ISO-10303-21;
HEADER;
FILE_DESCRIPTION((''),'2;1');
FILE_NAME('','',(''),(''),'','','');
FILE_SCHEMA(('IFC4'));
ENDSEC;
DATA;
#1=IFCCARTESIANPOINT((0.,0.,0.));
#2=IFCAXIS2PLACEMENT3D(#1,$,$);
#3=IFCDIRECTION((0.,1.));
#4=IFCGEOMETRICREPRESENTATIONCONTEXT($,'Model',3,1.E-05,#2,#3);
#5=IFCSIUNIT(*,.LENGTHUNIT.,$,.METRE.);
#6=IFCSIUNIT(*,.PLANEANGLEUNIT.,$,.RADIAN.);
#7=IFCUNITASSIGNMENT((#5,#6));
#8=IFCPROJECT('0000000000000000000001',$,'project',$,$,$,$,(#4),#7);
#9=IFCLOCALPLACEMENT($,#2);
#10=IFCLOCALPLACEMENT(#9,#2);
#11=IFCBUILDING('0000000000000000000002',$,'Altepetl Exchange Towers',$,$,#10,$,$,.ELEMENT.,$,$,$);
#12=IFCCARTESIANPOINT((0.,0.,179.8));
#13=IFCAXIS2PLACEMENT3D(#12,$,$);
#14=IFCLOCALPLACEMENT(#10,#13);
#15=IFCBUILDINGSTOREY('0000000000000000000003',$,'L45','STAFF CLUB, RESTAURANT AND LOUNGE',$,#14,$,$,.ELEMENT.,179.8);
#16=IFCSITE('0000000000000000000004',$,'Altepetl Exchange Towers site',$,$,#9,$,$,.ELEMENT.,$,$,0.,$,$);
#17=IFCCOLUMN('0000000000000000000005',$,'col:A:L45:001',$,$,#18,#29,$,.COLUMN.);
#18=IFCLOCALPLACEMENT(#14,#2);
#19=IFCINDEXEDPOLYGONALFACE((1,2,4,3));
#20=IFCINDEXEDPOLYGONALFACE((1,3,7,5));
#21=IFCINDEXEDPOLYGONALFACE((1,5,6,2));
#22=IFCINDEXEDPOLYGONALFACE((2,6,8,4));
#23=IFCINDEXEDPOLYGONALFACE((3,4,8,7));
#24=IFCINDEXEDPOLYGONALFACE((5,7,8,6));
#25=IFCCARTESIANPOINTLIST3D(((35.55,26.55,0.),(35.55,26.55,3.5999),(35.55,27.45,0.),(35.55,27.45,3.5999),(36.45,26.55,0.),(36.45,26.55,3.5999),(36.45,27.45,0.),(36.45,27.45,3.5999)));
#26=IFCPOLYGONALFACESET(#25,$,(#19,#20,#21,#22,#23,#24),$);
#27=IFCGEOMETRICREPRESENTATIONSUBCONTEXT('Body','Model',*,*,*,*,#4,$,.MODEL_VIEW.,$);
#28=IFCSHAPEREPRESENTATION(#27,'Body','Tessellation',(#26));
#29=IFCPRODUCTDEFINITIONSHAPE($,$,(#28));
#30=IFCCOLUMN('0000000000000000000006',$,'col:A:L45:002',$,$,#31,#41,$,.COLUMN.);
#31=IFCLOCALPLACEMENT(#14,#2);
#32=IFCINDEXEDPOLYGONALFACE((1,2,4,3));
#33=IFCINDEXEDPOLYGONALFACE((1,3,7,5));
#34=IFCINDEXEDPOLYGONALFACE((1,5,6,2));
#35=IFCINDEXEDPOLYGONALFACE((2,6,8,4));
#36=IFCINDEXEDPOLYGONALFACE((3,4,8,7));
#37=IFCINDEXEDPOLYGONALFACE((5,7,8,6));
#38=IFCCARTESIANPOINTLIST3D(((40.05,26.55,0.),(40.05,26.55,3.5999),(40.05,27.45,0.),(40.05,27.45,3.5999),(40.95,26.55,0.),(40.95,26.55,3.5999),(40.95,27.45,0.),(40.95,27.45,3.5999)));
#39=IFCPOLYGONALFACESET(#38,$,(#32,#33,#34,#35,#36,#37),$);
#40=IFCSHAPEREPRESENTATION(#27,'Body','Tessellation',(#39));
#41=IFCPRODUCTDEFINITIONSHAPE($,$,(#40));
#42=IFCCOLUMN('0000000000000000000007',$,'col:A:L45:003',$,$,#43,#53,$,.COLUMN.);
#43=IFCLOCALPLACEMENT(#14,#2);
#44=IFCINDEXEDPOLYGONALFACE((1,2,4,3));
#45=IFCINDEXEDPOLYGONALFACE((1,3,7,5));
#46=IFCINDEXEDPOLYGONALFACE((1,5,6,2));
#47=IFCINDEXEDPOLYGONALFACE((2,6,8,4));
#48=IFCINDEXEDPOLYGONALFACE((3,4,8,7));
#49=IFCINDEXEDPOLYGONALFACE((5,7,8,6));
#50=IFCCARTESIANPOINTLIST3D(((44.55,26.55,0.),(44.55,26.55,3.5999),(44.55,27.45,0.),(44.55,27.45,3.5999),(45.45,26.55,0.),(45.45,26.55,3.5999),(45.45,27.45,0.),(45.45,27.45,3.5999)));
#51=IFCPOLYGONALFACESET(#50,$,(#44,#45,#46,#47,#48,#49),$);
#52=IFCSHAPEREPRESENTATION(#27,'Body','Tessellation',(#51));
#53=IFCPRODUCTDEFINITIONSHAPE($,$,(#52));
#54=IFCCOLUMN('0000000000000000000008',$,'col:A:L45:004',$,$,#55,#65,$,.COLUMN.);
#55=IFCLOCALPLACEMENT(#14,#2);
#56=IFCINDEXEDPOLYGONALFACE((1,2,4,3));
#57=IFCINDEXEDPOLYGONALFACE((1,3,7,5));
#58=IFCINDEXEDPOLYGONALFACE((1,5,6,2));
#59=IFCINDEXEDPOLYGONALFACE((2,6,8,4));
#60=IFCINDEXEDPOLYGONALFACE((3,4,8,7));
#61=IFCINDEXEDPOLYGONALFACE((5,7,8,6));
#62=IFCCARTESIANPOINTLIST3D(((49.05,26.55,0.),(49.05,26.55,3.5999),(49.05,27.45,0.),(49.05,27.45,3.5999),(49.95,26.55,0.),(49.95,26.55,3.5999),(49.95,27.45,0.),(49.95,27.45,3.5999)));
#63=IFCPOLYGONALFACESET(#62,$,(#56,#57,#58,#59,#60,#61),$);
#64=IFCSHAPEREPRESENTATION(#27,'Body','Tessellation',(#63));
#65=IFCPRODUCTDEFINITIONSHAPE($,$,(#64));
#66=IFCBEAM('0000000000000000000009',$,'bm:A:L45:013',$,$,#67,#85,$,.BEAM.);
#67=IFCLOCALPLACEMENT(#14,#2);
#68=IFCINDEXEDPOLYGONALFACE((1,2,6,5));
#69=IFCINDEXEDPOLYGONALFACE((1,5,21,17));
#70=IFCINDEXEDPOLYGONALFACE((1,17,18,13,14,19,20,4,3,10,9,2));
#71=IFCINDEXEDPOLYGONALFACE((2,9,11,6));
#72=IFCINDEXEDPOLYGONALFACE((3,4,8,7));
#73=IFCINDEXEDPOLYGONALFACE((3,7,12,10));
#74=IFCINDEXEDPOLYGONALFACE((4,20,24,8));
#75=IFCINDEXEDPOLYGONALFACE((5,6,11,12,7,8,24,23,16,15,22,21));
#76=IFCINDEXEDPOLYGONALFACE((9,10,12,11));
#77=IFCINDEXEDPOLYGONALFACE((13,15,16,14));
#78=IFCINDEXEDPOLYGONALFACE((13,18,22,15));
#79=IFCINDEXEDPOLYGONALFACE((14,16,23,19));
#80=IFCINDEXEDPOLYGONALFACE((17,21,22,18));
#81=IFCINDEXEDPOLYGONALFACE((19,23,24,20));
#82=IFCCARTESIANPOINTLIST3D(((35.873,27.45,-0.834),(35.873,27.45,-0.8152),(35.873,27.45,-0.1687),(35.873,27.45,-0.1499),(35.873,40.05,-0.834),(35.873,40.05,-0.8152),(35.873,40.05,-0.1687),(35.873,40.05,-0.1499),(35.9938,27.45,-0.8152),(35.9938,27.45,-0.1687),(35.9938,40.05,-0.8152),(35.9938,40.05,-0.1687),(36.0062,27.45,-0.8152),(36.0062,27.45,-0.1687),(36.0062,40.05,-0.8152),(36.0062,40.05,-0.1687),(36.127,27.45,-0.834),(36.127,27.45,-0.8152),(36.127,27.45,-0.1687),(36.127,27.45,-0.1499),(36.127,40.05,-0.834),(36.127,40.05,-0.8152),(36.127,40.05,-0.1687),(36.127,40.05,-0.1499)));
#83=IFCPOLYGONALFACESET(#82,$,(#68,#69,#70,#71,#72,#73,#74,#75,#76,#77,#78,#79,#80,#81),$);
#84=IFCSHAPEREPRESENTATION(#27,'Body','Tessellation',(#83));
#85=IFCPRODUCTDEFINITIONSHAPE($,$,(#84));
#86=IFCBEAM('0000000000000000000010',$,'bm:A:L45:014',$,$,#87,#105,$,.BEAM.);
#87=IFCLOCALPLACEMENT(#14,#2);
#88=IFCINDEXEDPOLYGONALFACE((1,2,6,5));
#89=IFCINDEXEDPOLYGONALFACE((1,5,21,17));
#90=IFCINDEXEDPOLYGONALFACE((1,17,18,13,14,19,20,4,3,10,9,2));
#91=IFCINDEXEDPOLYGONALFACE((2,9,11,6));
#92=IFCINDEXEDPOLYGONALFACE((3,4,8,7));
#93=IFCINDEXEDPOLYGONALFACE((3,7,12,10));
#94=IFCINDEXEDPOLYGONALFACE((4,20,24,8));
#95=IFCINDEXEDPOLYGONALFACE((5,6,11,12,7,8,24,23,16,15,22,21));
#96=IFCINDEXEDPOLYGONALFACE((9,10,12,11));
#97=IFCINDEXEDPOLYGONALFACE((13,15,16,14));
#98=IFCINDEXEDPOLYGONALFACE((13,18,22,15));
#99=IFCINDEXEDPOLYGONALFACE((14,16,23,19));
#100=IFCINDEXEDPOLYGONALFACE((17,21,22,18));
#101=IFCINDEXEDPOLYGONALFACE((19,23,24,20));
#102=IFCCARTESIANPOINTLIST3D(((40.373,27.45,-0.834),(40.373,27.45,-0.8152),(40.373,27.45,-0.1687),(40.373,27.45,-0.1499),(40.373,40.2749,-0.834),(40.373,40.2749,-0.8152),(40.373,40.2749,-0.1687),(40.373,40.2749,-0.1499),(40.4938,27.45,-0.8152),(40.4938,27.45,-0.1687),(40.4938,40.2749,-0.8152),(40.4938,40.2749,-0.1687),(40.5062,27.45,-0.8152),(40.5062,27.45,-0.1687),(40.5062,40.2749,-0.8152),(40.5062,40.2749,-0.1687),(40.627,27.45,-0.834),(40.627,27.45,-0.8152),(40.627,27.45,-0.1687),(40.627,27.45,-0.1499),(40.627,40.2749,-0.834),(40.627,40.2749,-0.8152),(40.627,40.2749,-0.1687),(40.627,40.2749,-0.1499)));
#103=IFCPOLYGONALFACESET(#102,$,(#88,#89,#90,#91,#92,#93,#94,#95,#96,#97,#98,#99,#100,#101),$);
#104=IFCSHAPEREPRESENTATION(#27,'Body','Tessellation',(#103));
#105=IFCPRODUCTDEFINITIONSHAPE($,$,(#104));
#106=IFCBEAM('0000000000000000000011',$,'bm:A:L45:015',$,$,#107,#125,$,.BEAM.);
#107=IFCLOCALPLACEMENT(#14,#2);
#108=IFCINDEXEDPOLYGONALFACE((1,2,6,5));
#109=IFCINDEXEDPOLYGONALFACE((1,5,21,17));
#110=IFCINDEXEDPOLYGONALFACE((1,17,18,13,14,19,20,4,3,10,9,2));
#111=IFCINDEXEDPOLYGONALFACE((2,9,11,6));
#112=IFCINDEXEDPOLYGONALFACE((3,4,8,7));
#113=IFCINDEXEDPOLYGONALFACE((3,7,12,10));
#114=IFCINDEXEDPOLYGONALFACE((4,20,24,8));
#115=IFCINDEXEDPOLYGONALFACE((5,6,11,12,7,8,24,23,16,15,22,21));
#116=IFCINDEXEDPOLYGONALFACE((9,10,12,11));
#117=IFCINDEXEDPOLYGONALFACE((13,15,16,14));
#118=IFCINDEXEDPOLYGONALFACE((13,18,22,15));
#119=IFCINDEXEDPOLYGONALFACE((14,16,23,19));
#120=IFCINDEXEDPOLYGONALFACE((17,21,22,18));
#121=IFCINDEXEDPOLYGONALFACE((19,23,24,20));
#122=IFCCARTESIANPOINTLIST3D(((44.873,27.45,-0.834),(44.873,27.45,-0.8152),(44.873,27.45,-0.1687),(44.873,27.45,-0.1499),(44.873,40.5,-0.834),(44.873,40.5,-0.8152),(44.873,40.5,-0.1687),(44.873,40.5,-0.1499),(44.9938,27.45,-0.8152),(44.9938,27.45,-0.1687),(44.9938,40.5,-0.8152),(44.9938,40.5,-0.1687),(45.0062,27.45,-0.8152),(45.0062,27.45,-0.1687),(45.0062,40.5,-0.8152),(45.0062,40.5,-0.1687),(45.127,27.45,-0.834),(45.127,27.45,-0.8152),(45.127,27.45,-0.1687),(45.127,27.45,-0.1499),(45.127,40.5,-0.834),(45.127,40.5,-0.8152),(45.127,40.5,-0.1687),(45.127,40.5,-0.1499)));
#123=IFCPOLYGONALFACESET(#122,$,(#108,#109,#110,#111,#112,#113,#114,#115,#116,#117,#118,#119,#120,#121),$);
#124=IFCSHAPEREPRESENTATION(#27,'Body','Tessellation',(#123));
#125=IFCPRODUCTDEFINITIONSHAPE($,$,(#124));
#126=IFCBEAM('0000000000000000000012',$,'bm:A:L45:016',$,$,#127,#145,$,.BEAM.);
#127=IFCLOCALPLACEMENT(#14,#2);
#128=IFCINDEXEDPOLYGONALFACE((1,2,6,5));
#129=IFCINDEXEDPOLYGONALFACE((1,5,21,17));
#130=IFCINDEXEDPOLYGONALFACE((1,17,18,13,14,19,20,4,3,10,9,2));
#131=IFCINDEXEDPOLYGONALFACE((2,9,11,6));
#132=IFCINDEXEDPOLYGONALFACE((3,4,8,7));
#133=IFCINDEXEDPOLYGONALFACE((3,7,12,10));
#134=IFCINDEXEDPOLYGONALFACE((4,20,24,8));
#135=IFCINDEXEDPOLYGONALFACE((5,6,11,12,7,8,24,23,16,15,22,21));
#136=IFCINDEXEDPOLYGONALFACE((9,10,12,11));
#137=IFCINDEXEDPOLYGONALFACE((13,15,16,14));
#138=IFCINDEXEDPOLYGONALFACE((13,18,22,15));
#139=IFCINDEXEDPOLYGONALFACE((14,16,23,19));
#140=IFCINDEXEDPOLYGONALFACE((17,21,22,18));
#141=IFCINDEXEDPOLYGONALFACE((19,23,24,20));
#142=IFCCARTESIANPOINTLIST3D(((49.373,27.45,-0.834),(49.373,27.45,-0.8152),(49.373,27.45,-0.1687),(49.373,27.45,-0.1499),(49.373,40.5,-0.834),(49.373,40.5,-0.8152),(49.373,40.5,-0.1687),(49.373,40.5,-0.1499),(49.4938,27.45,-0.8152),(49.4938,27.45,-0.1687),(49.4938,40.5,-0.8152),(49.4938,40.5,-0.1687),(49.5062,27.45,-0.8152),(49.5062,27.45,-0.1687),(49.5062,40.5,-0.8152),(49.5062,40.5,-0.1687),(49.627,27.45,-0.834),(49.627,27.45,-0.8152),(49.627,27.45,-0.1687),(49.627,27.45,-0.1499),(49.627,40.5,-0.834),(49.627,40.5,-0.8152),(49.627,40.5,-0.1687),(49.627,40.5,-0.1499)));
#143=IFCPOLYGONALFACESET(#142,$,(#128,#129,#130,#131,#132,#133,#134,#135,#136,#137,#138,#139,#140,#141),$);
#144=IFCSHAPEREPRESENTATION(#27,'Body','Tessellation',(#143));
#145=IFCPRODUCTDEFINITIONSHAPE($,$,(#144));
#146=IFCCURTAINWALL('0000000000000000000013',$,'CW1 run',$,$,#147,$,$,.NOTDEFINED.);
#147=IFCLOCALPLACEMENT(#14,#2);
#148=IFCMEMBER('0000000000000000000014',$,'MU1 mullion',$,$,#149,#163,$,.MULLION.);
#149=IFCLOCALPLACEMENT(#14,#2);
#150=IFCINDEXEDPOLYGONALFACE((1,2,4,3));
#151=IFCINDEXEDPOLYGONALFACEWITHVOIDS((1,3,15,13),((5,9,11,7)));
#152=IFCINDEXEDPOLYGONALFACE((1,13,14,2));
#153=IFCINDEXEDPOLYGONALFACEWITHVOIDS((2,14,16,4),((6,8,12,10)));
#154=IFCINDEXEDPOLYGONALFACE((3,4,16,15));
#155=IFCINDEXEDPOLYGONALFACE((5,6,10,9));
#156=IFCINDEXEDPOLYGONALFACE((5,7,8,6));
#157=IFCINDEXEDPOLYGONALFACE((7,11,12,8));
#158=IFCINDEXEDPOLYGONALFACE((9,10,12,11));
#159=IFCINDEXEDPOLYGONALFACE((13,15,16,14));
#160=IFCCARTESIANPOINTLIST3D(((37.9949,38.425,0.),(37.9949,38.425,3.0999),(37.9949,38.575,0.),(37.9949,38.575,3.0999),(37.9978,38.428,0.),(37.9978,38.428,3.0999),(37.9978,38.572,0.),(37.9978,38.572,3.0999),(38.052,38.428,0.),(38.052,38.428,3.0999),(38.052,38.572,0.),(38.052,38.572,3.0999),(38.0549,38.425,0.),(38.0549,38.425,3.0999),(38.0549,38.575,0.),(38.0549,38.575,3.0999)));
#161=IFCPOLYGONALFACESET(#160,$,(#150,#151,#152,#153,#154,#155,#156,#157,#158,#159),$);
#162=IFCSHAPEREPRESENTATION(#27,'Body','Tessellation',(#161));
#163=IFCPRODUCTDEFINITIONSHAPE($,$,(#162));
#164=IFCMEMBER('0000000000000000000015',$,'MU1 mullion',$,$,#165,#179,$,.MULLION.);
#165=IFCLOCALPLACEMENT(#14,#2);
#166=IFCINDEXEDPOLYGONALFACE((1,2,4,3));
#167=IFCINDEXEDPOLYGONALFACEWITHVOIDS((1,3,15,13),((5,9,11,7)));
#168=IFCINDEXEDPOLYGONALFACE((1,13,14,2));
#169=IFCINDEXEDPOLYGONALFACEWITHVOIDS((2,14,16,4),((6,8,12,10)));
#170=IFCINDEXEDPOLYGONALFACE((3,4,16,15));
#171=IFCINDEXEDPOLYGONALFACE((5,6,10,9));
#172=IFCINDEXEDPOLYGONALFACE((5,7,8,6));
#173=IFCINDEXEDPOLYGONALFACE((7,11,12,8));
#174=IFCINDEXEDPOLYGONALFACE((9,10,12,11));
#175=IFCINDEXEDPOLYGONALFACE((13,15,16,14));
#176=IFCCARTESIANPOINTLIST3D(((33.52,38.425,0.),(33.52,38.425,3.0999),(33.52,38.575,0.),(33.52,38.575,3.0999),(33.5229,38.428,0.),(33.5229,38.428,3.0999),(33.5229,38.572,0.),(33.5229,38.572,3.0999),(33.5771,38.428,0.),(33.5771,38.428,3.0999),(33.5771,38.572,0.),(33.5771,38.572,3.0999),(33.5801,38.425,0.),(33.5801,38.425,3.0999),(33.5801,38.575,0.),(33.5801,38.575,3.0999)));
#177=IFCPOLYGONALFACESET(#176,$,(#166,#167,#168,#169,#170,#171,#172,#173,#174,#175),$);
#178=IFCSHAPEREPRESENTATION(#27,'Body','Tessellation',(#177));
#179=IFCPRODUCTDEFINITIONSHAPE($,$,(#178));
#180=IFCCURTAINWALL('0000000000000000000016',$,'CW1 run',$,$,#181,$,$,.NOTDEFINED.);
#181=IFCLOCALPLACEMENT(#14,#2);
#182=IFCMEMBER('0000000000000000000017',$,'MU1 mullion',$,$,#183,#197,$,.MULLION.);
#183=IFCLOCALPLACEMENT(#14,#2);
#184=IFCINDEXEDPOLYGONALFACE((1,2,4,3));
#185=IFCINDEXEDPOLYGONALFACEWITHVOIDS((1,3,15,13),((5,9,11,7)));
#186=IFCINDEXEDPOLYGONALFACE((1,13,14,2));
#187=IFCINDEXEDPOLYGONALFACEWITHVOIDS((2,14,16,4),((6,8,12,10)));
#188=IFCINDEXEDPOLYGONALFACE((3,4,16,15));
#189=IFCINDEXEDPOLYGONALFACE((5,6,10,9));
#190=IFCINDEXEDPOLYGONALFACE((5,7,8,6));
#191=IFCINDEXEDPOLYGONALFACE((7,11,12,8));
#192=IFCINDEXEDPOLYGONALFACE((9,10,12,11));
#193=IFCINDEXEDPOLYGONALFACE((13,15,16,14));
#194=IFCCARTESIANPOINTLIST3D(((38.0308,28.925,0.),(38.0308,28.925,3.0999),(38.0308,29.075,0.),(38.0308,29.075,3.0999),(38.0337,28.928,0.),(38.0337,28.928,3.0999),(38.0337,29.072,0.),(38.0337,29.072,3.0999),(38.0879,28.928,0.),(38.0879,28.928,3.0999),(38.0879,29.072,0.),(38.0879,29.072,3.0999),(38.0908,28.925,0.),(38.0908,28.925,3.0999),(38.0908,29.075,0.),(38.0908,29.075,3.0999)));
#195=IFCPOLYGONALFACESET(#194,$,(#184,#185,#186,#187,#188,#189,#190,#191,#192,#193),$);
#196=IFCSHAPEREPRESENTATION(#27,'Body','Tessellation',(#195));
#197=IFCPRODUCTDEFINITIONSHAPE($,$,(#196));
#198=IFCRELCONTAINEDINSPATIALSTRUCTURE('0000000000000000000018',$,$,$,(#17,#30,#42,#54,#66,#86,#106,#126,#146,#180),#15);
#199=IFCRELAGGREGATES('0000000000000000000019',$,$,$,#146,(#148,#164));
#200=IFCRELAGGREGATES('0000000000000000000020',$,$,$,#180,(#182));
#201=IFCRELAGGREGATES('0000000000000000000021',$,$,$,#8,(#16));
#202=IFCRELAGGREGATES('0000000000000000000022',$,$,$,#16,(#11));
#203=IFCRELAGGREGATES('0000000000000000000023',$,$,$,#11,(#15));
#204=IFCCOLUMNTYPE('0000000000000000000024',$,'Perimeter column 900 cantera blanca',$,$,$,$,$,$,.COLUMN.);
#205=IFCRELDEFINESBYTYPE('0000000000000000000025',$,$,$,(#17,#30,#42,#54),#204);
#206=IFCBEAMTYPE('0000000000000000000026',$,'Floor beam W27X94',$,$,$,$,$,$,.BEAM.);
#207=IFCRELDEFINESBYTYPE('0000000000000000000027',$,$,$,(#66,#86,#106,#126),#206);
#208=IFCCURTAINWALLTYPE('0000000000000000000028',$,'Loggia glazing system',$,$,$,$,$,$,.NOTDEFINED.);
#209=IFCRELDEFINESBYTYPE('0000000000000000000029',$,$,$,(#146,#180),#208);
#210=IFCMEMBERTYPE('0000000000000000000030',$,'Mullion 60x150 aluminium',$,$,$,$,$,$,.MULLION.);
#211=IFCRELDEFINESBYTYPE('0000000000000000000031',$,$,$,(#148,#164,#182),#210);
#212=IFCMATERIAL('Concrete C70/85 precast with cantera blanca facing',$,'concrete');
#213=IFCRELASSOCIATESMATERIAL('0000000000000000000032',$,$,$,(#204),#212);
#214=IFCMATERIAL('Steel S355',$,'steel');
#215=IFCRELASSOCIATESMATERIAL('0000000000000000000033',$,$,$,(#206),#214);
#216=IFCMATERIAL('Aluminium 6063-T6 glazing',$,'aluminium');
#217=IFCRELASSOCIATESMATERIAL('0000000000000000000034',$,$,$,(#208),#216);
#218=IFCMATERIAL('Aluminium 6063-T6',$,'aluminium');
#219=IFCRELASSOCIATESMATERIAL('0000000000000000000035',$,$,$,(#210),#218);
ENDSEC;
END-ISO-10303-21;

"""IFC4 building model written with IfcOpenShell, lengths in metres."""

from ifc_helpers import new_model, si_unit, direction, frame, origin, origin_2d, place, context, subcontext, project, spatial, rectangle, hollow_rectangle, i_section, extrude, material, material_profile, profile_set, type_object, element, aggregate, save


model = new_model("IFC4")

# Units and contexts
model_context = context("Model", 3, precision=1e-05, world=origin(), true_north=direction((0.0, 1.0)))
body_context = subcontext(model_context, "Body", "Model", "MODEL_VIEW")
ifc_project = project(units=[si_unit("LENGTHUNIT", "METRE"), si_unit("PLANEANGLEUNIT", "RADIAN")], contexts=[model_context])

# Site, building, storey
site_placement = place(None, origin())
site = spatial("IfcSite", under=ifc_project, at=site_placement, Name="Altepetl Exchange Towers site", CompositionType="ELEMENT", RefElevation=0.0)
building_placement = place(site_placement, origin())
building = spatial("IfcBuilding", under=site, at=building_placement, Name="Altepetl Exchange Towers", CompositionType="ELEMENT")
storey_placement = place(building_placement, frame((0.0, 0.0, 179.8)))
storey = spatial("IfcBuildingStorey", under=building, at=storey_placement, Name="L45", Description="STAFF CLUB, RESTAURANT AND LOUNGE", CompositionType="ELEMENT", Elevation=179.8)

# Columns
ifc_material_1 = material(Name="Concrete C70/85 precast with cantera blanca facing", Category="concrete")
ifc_material_profile_1 = material_profile(ifc_material_1, rectangle(XDim=0.8999, YDim=0.8999, at=origin_2d()), Name="900 x 900")
ifc_profile_set_1 = profile_set([ifc_material_profile_1], Name="Concrete C70/85 precast with cantera blanca facing")
column_type = type_object("IfcColumnType", Name="Perimeter column 900 cantera blanca", PredefinedType="COLUMN", material=ifc_profile_set_1)
for number, where, name in (
    (1, (36.0, 27.0, 0.0), "col:A:L45:001"),
    (2, (40.5, 27.0, 0.0), "col:A:L45:002"),
    (3, (45.0, 27.0, 0.0), "col:A:L45:003"),
    (4, (49.5, 27.0, 0.0), "col:A:L45:004"),
):
    element("IfcColumn", number, at=place(storey_placement, frame(where)), inside=storey, type_object=column_type, Name=name, PredefinedType="COLUMN", context=body_context, shape_type="SweptSolid", body=[
        extrude(rectangle(XDim=0.8999, YDim=0.8999, at=origin_2d()), origin(), (0.0, 0.0, 1.0), 3.5999),
    ])

# Beams
ifc_material_2 = material(Name="Steel S355", Category="steel")
ifc_material_profile_2 = material_profile(ifc_material_2, i_section(OverallWidth=0.2539, OverallDepth=0.6841, WebThickness=0.0125, FlangeThickness=0.0188, at=origin_2d()), Name="W27X94")
ifc_profile_set_2 = profile_set([ifc_material_profile_2], Name="Steel S355")
beam_type_1 = type_object("IfcBeamType", Name="Floor beam W27X94", PredefinedType="BEAM", material=ifc_profile_set_2)
beam_1_placement = place(storey_placement, frame((36.0, 27.45, -0.4919), z_axis=(0.0, 1.0, 0.0), x_axis=(-1.0, 0.0, 0.0)))
element("IfcBeam", 5, at=beam_1_placement, inside=storey, type_object=beam_type_1, Name="bm:A:L45:013", PredefinedType="BEAM", context=body_context, shape_type="SweptSolid", body=[
    extrude(i_section(OverallWidth=0.2539, OverallDepth=0.6841, WebThickness=0.0125, FlangeThickness=0.0188, at=origin_2d()), origin(), (0.0, 0.0, 1.0), 12.6001),
])
beam_2_placement = place(storey_placement, frame((40.5, 27.45, -0.4919), z_axis=(0.0, 1.0, 0.0), x_axis=(-1.0, 0.0, 0.0)))
element("IfcBeam", 6, at=beam_2_placement, inside=storey, type_object=beam_type_1, Name="bm:A:L45:014", PredefinedType="BEAM", context=body_context, shape_type="SweptSolid", body=[
    extrude(i_section(OverallWidth=0.2539, OverallDepth=0.6841, WebThickness=0.0125, FlangeThickness=0.0188, at=origin_2d()), origin(), (0.0, 0.0, 1.0), 12.825),
])
for number, where, z_axis, x_axis, name in (
    (7, (45.0, 27.45, -0.4919), (0.0, 1.0, 0.0), (-1.0, 0.0, 0.0), "bm:A:L45:015"),
    (8, (49.5, 27.45, -0.4919), (0.0, 1.0, 0.0), (-1.0, 0.0, 0.0), "bm:A:L45:016"),
):
    element("IfcBeam", number, at=place(storey_placement, frame(where, z_axis=z_axis, x_axis=x_axis)), inside=storey, type_object=beam_type_1, Name=name, PredefinedType="BEAM", context=body_context, shape_type="SweptSolid", body=[
        extrude(i_section(OverallWidth=0.2539, OverallDepth=0.6841, WebThickness=0.0125, FlangeThickness=0.0188, at=origin_2d()), origin(), (0.0, 0.0, 1.0), 13.05),
    ])

# Curtain walls, members
ifc_material_3 = material(Name="Aluminium 6063-T6 glazing", Category="aluminium")
curtain_wall_type = type_object("IfcCurtainWallType", Name="Loggia glazing system", PredefinedType="NOTDEFINED", material=ifc_material_3)
curtain_wall_1_placement = place(storey_placement, origin())
curtain_wall_1 = element("IfcCurtainWall", 9, at=curtain_wall_1_placement, inside=storey, type_object=curtain_wall_type, Name="CW1 run", PredefinedType="NOTDEFINED")
ifc_material_4 = material(Name="Aluminium 6063-T6", Category="aluminium")
ifc_material_profile_3 = material_profile(ifc_material_4, hollow_rectangle(XDim=0.0601, YDim=0.1499, WallThickness=0.0029, at=origin_2d()), Name="Mullion 60x150 aluminium")
ifc_profile_set_3 = profile_set([ifc_material_profile_3], Name="Aluminium 6063-T6")
member_type = type_object("IfcMemberType", Name="Mullion 60x150 aluminium", PredefinedType="MULLION", material=ifc_profile_set_3)
member_1_placement = place(storey_placement, frame((38.0249, 38.5, 0.0), z_axis=(0.0, 0.0, 1.0), x_axis=(-1.0, 0.0, 0.0)))
member_1 = element("IfcMember", 10, at=member_1_placement, type_object=member_type, Name="MU1 mullion", PredefinedType="MULLION", context=body_context, shape_type="SweptSolid", body=[
    extrude(hollow_rectangle(XDim=0.0601, YDim=0.1499, WallThickness=0.0029, at=origin_2d()), origin(), (0.0, 0.0, 1.0), 3.0999),
])
member_2_placement = place(storey_placement, frame((33.55, 38.5, 0.0), z_axis=(0.0, 0.0, 1.0), x_axis=(-1.0, 0.0, 0.0)))
member_2 = element("IfcMember", 11, at=member_2_placement, type_object=member_type, Name="MU1 mullion", PredefinedType="MULLION", context=body_context, shape_type="SweptSolid", body=[
    extrude(hollow_rectangle(XDim=0.0601, YDim=0.1499, WallThickness=0.0029, at=origin_2d()), origin(), (0.0, 0.0, 1.0), 3.0999),
])
curtain_wall_2_placement = place(storey_placement, origin())
curtain_wall_2 = element("IfcCurtainWall", 12, at=curtain_wall_2_placement, inside=storey, type_object=curtain_wall_type, Name="CW1 run", PredefinedType="NOTDEFINED")
member_3_placement = place(storey_placement, frame((38.0608, 29.0, 0.0)))
member_3 = element("IfcMember", 13, at=member_3_placement, type_object=member_type, Name="MU1 mullion", PredefinedType="MULLION", context=body_context, shape_type="SweptSolid", body=[
    extrude(hollow_rectangle(XDim=0.0601, YDim=0.1499, WallThickness=0.0029, at=origin_2d()), origin(), (0.0, 0.0, 1.0), 3.0999),
])

aggregate(curtain_wall_1, [member_1, member_2])
aggregate(curtain_wall_2, [member_3])

save(model, "model.ifc")
